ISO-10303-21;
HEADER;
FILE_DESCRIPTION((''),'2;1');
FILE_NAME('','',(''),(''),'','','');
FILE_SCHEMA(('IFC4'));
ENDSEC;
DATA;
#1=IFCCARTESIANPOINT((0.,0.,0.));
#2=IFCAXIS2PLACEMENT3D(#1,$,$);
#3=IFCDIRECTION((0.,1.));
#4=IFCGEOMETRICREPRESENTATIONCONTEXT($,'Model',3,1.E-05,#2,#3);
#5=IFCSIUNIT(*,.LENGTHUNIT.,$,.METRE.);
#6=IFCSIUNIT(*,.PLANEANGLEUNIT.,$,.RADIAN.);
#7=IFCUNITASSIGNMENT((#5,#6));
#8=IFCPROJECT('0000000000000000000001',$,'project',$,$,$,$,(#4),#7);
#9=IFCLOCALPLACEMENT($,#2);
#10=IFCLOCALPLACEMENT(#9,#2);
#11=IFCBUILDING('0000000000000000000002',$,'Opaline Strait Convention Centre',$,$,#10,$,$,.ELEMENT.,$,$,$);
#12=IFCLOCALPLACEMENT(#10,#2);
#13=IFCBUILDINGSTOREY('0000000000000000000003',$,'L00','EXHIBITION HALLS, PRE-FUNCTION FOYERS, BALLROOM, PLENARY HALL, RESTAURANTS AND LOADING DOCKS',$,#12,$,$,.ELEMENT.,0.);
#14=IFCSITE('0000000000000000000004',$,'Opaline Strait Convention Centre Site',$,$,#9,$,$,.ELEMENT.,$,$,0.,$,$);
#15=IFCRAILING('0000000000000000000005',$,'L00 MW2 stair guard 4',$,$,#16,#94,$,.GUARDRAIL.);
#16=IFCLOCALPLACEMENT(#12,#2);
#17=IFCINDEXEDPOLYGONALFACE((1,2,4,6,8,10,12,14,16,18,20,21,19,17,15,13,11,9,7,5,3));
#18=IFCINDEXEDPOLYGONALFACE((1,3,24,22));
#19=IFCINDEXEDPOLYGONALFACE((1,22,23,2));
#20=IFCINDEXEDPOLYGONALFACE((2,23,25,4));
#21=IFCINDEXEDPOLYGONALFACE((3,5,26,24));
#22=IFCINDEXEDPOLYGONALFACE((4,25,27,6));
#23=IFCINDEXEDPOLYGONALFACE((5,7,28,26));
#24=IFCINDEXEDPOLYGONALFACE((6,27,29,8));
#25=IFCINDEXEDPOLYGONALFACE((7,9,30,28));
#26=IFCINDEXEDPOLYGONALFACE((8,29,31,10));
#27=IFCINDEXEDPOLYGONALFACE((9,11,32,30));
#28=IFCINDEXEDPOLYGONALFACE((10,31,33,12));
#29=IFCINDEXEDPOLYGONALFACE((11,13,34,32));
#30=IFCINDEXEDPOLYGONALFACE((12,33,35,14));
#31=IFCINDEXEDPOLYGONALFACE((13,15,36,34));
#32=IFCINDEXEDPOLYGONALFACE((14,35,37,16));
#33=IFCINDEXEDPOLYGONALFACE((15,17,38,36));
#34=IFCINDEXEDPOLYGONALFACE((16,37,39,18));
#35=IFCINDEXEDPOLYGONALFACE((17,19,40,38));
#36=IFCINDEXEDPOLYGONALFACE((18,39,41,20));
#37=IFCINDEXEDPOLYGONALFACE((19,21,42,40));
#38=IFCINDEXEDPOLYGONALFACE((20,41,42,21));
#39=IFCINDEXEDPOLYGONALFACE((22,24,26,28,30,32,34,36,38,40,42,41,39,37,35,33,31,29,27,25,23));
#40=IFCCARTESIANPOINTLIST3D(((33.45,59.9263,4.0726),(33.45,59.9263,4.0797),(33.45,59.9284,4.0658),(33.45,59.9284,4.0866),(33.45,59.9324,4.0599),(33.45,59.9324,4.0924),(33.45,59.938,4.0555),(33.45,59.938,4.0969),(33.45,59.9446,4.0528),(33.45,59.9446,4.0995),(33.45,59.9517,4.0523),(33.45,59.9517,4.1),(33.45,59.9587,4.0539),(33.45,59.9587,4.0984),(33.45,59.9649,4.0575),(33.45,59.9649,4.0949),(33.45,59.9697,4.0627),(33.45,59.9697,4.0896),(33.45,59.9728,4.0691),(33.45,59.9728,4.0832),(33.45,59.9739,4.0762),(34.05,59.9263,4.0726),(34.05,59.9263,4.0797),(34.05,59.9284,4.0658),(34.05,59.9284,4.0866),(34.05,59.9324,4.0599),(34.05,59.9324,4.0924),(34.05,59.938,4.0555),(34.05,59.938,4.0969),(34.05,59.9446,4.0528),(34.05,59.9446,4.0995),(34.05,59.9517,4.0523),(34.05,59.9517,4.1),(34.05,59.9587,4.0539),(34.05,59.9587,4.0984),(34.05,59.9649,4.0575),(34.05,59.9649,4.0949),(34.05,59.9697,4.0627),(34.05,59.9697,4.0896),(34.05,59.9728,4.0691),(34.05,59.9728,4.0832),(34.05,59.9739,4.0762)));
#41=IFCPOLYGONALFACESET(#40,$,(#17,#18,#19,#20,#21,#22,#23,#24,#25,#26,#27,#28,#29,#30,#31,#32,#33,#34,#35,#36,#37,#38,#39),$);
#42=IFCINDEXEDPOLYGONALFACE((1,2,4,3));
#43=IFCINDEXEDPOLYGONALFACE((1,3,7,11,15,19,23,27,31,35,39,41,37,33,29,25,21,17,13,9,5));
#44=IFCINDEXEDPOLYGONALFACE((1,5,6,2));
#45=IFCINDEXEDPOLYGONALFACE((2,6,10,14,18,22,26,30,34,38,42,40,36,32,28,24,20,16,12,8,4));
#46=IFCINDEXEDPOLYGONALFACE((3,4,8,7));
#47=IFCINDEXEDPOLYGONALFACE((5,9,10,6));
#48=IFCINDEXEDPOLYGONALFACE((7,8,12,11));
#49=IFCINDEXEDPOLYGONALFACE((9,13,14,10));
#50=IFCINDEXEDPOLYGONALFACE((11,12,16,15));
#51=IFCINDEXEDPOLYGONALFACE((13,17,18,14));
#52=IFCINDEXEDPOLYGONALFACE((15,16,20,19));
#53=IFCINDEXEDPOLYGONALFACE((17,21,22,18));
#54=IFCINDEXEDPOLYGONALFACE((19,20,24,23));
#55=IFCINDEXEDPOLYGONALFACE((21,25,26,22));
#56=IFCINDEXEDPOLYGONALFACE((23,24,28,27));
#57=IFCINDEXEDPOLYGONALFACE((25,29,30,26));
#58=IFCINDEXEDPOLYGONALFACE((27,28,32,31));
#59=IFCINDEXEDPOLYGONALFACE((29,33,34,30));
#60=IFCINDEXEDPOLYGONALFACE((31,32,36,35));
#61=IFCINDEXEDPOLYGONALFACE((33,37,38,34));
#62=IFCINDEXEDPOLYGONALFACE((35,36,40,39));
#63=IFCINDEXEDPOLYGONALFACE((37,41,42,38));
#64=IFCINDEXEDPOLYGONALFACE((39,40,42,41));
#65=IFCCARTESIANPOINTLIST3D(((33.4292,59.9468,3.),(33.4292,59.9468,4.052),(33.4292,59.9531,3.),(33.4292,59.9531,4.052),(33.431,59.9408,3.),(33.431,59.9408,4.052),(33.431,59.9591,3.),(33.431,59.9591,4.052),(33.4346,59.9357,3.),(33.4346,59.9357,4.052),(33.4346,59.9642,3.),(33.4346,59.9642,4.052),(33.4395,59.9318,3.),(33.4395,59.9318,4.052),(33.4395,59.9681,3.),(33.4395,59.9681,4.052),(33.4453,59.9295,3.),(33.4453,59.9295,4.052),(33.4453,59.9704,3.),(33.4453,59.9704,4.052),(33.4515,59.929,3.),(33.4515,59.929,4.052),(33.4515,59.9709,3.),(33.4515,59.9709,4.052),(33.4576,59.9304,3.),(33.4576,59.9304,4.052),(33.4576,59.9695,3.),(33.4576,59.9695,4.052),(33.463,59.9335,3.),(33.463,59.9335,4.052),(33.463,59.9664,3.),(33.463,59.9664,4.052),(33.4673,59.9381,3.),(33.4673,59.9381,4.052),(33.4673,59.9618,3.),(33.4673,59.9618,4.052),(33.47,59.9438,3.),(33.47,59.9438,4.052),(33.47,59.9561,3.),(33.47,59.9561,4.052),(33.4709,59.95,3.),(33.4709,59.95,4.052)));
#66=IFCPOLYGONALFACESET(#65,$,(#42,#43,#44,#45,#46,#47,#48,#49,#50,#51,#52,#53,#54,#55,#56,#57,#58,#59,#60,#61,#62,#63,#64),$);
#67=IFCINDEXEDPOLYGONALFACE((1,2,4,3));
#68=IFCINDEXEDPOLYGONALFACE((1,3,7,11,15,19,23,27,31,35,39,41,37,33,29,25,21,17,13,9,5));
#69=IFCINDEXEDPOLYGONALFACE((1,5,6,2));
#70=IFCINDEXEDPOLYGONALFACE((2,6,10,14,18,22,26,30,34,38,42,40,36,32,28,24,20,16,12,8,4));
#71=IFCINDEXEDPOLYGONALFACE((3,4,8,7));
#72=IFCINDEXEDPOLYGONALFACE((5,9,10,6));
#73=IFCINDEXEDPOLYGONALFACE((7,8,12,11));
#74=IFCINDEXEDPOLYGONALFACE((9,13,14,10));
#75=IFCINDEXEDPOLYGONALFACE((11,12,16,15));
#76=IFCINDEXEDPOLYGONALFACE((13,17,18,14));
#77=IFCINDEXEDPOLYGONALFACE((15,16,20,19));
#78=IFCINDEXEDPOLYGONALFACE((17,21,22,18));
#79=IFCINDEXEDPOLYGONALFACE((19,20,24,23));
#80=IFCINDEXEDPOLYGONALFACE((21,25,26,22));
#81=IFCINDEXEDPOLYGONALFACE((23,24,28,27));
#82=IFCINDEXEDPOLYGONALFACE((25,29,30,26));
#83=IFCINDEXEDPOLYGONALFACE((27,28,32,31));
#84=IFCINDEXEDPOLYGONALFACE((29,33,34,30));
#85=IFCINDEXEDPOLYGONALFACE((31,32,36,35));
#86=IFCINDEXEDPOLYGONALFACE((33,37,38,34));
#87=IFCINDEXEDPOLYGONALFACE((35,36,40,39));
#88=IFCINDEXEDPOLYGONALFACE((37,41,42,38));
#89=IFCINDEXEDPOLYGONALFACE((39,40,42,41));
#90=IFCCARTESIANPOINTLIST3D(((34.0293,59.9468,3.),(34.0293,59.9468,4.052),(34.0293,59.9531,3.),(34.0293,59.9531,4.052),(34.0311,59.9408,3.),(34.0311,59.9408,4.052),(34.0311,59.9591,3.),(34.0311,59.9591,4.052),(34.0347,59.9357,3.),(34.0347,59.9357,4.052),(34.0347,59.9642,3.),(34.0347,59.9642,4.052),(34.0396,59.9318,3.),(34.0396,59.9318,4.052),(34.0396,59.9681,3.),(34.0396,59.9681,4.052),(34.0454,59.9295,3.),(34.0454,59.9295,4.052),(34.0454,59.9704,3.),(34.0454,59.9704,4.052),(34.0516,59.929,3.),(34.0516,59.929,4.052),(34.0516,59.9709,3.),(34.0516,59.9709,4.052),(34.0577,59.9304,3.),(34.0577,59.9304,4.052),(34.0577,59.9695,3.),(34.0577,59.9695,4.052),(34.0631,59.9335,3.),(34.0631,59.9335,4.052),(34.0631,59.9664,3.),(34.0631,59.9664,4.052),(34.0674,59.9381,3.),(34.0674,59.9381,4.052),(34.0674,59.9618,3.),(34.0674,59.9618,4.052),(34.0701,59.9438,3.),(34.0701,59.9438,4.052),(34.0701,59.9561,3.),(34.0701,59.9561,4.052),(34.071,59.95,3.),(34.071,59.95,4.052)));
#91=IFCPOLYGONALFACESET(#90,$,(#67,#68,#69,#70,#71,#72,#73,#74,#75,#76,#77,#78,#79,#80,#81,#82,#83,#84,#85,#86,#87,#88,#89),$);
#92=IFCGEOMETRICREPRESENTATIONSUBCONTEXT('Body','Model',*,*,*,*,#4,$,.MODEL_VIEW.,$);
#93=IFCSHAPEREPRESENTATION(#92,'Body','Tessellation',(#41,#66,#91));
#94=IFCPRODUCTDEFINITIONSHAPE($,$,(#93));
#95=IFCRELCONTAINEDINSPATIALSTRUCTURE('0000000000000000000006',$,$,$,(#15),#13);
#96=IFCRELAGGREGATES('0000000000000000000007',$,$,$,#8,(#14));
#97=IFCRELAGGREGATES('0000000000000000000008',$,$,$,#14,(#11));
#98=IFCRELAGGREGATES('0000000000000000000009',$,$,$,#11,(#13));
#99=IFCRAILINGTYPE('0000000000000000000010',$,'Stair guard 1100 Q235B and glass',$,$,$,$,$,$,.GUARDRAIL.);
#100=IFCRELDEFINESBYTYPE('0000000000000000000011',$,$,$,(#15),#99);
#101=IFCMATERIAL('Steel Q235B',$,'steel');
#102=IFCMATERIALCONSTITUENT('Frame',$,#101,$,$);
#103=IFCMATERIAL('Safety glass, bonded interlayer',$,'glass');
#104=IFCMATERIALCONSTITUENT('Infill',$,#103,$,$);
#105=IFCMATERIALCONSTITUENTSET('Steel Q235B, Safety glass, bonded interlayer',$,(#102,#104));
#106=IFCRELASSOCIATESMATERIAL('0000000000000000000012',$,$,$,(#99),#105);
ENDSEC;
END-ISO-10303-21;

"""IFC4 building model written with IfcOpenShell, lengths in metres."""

from ifc_helpers import new_model, si_unit, direction, frame, origin, origin_2d, place, context, subcontext, project, spatial, circle, extrude, material, constituent, constituent_set, type_object, element, save


model = new_model("IFC4")

# Units and contexts
model_context = context("Model", 3, precision=1e-05, world=origin(), true_north=direction((0.0, 1.0)))
body_context = subcontext(model_context, "Body", "Model", "MODEL_VIEW")
ifc_project = project(units=[si_unit("LENGTHUNIT", "METRE"), si_unit("PLANEANGLEUNIT", "RADIAN")], contexts=[model_context])

# Site, building, storey
site_placement = place(None, origin())
site = spatial("IfcSite", under=ifc_project, at=site_placement, Name="Opaline Strait Convention Centre Site", CompositionType="ELEMENT", RefElevation=0.0)
building_placement = place(site_placement, origin())
building = spatial("IfcBuilding", under=site, at=building_placement, Name="Opaline Strait Convention Centre", CompositionType="ELEMENT")
storey_placement = place(building_placement, origin())
storey = spatial("IfcBuildingStorey", under=building, at=storey_placement, Name="L00", Description="EXHIBITION HALLS, PRE-FUNCTION FOYERS, BALLROOM, PLENARY HALL, RESTAURANTS AND LOADING DOCKS", CompositionType="ELEMENT", Elevation=0.0)

# Railing
ifc_material_1 = material(Name="Steel Q235B", Category="steel")
ifc_constituent_1 = constituent(ifc_material_1, Name="Frame")
ifc_material_2 = material(Name="Safety glass, bonded interlayer", Category="glass")
ifc_constituent_2 = constituent(ifc_material_2, Name="Infill")
ifc_constituent_set = constituent_set(constituents=[ifc_constituent_1, ifc_constituent_2], Name="Steel Q235B, Safety glass, bonded interlayer")
railing_type_1 = type_object("IfcRailingType", Name="Stair guard 1100 Q235B and glass", PredefinedType="GUARDRAIL", material=ifc_constituent_set)
railing_1_placement = place(storey_placement, frame((33.45, 59.95, 3.0)))
element("IfcRailing", 1, at=railing_1_placement, inside=storey, type_object=railing_type_1, Name="L00 MW2 stair guard 4", PredefinedType="GUARDRAIL", context=body_context, shape_type="SweptSolid", body=[
    extrude(circle(Radius=0.0239, at=origin_2d()), frame((0.0, 0.0, 1.0762), z_axis=(1.0, 0.0, 0.0), x_axis=(0.0, 1.0, 0.0)), (0.0, 0.0, 1.0), 0.6001),
    extrude(circle(Radius=0.021, at=origin_2d()), origin(), (0.0, 0.0, 1.0), 1.052),
    extrude(circle(Radius=0.021, at=origin_2d()), frame((0.6001, 0.0, 0.0)), (0.0, 0.0, 1.0), 1.052),
])

save(model, "model.ifc")
